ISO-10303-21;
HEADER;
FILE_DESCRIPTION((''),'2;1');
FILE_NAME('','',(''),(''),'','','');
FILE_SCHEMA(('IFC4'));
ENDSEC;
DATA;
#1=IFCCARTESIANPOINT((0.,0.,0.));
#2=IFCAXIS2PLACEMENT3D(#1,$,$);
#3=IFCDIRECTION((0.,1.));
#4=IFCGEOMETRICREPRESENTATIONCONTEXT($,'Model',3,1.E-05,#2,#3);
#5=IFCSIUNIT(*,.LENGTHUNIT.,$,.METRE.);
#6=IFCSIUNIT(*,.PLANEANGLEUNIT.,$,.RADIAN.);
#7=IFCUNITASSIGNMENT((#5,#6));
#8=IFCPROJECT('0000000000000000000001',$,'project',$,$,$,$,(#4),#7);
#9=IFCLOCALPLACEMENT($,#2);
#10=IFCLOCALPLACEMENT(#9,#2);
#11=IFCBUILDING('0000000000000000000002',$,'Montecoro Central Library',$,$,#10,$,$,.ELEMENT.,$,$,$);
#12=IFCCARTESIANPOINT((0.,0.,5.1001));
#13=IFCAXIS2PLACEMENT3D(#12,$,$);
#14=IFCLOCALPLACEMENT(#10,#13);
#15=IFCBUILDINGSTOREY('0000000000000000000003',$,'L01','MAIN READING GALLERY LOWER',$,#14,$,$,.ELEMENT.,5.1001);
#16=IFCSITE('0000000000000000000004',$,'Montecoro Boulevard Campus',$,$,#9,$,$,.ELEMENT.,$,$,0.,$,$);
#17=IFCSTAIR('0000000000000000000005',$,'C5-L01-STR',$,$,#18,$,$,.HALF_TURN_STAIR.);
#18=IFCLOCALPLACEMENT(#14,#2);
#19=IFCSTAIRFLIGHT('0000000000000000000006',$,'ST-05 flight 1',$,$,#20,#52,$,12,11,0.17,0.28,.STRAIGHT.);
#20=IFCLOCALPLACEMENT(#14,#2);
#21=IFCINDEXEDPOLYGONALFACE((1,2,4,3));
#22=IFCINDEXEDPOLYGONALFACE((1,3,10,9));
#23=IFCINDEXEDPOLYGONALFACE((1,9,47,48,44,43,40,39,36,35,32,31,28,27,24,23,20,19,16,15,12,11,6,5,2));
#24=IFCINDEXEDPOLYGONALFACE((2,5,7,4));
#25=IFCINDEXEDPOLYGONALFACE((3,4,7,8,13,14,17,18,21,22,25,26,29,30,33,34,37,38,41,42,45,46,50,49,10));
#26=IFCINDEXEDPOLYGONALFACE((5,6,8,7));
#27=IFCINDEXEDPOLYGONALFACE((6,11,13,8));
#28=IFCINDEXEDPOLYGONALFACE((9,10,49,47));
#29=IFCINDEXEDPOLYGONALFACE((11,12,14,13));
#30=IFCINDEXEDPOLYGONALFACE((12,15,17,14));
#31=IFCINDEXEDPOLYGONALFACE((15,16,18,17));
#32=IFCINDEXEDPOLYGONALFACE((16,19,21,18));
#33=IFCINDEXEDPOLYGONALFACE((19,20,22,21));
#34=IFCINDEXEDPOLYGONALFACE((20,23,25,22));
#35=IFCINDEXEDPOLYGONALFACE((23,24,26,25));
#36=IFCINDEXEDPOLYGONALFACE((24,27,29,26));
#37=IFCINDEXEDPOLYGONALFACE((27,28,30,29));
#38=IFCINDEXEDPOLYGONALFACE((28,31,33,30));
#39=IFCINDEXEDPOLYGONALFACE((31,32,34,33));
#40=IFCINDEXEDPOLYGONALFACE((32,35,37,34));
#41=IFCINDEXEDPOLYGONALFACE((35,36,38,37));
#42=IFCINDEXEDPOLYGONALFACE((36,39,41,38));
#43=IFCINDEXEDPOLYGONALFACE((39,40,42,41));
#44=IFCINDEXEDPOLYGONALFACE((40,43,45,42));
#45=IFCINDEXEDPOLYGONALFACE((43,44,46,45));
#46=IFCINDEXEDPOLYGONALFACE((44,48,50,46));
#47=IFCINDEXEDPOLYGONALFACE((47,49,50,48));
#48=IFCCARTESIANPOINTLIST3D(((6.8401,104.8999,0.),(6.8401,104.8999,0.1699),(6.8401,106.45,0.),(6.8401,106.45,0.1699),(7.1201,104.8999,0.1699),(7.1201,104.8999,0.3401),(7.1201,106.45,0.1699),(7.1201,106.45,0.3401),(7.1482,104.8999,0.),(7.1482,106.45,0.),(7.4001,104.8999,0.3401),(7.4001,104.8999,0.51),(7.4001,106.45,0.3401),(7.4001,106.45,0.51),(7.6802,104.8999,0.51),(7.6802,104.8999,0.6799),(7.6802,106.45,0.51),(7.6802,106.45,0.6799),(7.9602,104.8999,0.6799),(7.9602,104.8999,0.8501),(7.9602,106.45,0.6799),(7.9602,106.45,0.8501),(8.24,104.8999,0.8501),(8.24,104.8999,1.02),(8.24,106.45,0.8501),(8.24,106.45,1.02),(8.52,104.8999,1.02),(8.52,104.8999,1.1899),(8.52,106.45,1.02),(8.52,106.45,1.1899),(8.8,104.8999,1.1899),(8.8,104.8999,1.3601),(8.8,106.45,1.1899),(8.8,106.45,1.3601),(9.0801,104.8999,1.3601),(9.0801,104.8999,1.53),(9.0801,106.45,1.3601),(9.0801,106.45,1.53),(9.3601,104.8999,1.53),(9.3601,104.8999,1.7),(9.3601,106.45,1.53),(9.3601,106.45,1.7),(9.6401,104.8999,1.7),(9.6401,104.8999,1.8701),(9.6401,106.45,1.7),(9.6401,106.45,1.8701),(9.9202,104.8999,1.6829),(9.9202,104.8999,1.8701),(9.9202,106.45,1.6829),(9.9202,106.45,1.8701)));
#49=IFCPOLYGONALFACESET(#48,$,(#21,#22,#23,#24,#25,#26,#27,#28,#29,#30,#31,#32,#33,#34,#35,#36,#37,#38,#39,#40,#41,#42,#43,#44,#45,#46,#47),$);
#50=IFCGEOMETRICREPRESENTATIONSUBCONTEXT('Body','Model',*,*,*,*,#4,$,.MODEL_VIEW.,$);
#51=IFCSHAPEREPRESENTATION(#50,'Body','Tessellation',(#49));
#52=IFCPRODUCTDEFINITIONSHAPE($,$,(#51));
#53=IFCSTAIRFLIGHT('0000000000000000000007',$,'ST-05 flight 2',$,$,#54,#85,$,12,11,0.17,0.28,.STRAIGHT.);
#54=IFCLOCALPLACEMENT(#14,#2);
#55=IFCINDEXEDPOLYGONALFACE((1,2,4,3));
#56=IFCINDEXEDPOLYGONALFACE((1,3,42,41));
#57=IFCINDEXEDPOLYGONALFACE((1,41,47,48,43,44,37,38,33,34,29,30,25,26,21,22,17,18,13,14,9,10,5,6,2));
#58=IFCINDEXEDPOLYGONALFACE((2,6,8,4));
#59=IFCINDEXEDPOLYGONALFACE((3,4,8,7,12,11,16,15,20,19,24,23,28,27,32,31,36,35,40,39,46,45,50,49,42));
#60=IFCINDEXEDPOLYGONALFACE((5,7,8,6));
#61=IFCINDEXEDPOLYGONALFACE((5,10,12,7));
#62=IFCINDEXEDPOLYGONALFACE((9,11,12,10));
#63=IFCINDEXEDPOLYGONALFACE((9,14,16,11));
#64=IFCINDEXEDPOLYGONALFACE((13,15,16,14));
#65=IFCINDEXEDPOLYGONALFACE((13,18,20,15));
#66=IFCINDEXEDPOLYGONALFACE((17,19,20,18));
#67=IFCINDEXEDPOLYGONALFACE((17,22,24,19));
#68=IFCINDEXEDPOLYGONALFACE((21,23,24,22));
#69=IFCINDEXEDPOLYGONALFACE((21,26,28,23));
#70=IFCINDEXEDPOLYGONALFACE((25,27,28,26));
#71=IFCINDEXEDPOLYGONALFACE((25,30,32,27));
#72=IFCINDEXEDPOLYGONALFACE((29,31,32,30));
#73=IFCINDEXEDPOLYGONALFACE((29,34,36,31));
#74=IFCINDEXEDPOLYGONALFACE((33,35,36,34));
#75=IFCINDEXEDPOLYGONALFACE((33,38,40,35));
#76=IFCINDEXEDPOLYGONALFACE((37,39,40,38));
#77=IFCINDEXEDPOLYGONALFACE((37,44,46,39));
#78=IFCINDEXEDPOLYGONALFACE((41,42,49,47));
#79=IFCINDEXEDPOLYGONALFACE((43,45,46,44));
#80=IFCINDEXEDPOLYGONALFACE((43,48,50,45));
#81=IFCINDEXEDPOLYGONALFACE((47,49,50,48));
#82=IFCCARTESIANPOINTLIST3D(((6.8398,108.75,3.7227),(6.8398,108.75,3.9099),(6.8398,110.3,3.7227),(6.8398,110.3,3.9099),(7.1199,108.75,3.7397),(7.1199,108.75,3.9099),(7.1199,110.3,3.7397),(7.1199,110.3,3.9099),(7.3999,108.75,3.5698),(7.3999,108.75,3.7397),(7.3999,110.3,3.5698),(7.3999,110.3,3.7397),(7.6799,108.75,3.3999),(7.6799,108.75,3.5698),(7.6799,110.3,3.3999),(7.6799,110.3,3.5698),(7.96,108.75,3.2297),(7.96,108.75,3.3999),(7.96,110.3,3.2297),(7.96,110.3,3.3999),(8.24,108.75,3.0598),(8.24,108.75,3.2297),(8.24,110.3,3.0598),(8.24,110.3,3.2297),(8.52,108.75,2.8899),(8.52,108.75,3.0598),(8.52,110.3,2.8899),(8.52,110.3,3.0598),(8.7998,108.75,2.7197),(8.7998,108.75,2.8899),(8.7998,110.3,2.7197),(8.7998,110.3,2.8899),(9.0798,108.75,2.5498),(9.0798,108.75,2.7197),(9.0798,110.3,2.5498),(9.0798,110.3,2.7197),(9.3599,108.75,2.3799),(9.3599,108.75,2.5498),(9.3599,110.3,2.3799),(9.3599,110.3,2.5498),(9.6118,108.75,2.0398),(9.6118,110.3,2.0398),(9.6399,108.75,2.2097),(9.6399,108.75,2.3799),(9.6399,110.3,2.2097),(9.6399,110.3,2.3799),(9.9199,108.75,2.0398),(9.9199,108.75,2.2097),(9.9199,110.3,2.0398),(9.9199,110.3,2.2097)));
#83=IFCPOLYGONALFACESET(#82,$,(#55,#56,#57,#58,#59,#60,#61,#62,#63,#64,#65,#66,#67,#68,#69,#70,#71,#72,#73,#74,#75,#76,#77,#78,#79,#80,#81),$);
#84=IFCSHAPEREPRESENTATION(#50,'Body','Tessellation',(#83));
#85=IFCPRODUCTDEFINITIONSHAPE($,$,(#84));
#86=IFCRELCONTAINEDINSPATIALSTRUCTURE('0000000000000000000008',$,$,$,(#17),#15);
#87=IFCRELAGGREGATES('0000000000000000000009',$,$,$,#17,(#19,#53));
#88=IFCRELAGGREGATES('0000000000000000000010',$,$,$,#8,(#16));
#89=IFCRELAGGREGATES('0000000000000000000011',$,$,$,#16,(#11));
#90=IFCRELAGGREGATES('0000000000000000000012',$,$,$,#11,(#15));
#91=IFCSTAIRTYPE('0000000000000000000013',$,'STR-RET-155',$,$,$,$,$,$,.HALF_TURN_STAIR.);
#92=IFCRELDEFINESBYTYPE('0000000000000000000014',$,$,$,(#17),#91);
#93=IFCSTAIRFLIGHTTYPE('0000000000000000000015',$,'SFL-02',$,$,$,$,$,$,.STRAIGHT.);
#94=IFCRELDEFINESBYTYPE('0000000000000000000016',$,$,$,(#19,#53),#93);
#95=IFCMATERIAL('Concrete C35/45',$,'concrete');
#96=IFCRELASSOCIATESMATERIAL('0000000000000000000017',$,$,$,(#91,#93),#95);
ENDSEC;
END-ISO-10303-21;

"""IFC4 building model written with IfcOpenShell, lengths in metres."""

from ifc_helpers import new_model, si_unit, direction, frame, origin, place, context, subcontext, project, spatial, polyline, outline, extrude, material, type_object, element, aggregate, save


model = new_model("IFC4")

# Units and contexts
model_context = context("Model", 3, precision=1e-05, world=origin(), true_north=direction((0.0, 1.0)))
body_context = subcontext(model_context, "Body", "Model", "MODEL_VIEW")
ifc_project = project(units=[si_unit("LENGTHUNIT", "METRE"), si_unit("PLANEANGLEUNIT", "RADIAN")], contexts=[model_context])

# Site, building, storey
site_placement = place(None, origin())
site = spatial("IfcSite", under=ifc_project, at=site_placement, Name="Montecoro Boulevard Campus", CompositionType="ELEMENT", RefElevation=0.0)
building_placement = place(site_placement, origin())
building = spatial("IfcBuilding", under=site, at=building_placement, Name="Montecoro Central Library", CompositionType="ELEMENT")
storey_placement = place(building_placement, frame((0.0, 0.0, 5.1001)))
storey = spatial("IfcBuildingStorey", under=building, at=storey_placement, Name="L01", Description="MAIN READING GALLERY LOWER", CompositionType="ELEMENT", Elevation=5.1001)

# Shared definitions
ifc_material_1 = material(Name="Concrete C35/45", Category="concrete")

# Stair, stair flights
stair_type = type_object("IfcStairType", Name="STR-RET-155", PredefinedType="HALF_TURN_STAIR", material=ifc_material_1)
stair_placement = place(storey_placement, origin())
stair = element("IfcStair", 1, at=stair_placement, inside=storey, type_object=stair_type, Name="C5-L01-STR", PredefinedType="HALF_TURN_STAIR")
stair_flight_type = type_object("IfcStairFlightType", Name="SFL-02", PredefinedType="STRAIGHT", material=ifc_material_1)
stair_flight_1_placement = place(storey_placement, frame((6.8401, 105.675, 0.0), z_axis=(0.0, 0.0, 1.0), x_axis=(1.0, 0.0, 0.0)))
stair_flight_1 = element("IfcStairFlight", 2, at=stair_flight_1_placement, type_object=stair_flight_type, Name="ST-05 flight 1", NumberOfRisers=12, NumberOfTreads=11, PredefinedType="STRAIGHT", RiserHeight=0.17, TreadLength=0.28, context=body_context, shape_type="SweptSolid", body=[
    extrude(outline(polyline([(0.0, 0.0), (0.0, 0.1699), (0.28, 0.1699), (0.28, 0.3401), (0.5601, 0.3401), (0.5601, 0.51), (0.8401, 0.51), (0.8401, 0.6799), (1.1201, 0.6799), (1.1201, 0.8501), (1.3999, 0.8501), (1.3999, 1.02), (1.6799, 1.02), (1.6799, 1.1899), (1.96, 1.1899), (1.96, 1.3601), (2.24, 1.3601), (2.24, 1.53), (2.52, 1.53), (2.52, 1.7), (2.8, 1.7), (2.8, 1.8701), (3.0801, 1.8701), (3.0801, 2.04), (3.0801, 1.6829), (0.3081, 0.0), (0.0, 0.0)])), frame((0.0, 0.7749, 0.0), z_axis=(0.0, -1.0, 0.0), x_axis=(1.0, 0.0, 0.0)), (0.0, 0.0, 1.0), 1.55),
])
stair_flight_2_placement = place(storey_placement, frame((9.9199, 109.5249, 2.0398), z_axis=(0.0, 0.0, 1.0), x_axis=(-1.0, 0.0, 0.0)))
stair_flight_2 = element("IfcStairFlight", 3, at=stair_flight_2_placement, type_object=stair_flight_type, Name="ST-05 flight 2", NumberOfRisers=12, NumberOfTreads=11, PredefinedType="STRAIGHT", RiserHeight=0.17, TreadLength=0.28, context=body_context, shape_type="SweptSolid", body=[
    extrude(outline(polyline([(0.0, 0.0), (0.0, 0.1699), (0.28, 0.1699), (0.28, 0.3401), (0.5601, 0.3401), (0.5601, 0.51), (0.8401, 0.51), (0.8401, 0.6799), (1.1201, 0.6799), (1.1201, 0.8501), (1.3999, 0.8501), (1.3999, 1.02), (1.6799, 1.02), (1.6799, 1.1899), (1.96, 1.1899), (1.96, 1.3601), (2.24, 1.3601), (2.24, 1.53), (2.52, 1.53), (2.52, 1.7), (2.8, 1.7), (2.8, 1.8701), (3.0801, 1.8701), (3.0801, 2.04), (3.0801, 1.6829), (0.3081, 0.0), (0.0, 0.0)])), frame((0.0, 0.7749, 0.0), z_axis=(0.0, -1.0, 0.0), x_axis=(1.0, 0.0, 0.0)), (0.0, 0.0, 1.0), 1.55),
])
aggregate(stair, [stair_flight_1, stair_flight_2])

save(model, "model.ifc")
